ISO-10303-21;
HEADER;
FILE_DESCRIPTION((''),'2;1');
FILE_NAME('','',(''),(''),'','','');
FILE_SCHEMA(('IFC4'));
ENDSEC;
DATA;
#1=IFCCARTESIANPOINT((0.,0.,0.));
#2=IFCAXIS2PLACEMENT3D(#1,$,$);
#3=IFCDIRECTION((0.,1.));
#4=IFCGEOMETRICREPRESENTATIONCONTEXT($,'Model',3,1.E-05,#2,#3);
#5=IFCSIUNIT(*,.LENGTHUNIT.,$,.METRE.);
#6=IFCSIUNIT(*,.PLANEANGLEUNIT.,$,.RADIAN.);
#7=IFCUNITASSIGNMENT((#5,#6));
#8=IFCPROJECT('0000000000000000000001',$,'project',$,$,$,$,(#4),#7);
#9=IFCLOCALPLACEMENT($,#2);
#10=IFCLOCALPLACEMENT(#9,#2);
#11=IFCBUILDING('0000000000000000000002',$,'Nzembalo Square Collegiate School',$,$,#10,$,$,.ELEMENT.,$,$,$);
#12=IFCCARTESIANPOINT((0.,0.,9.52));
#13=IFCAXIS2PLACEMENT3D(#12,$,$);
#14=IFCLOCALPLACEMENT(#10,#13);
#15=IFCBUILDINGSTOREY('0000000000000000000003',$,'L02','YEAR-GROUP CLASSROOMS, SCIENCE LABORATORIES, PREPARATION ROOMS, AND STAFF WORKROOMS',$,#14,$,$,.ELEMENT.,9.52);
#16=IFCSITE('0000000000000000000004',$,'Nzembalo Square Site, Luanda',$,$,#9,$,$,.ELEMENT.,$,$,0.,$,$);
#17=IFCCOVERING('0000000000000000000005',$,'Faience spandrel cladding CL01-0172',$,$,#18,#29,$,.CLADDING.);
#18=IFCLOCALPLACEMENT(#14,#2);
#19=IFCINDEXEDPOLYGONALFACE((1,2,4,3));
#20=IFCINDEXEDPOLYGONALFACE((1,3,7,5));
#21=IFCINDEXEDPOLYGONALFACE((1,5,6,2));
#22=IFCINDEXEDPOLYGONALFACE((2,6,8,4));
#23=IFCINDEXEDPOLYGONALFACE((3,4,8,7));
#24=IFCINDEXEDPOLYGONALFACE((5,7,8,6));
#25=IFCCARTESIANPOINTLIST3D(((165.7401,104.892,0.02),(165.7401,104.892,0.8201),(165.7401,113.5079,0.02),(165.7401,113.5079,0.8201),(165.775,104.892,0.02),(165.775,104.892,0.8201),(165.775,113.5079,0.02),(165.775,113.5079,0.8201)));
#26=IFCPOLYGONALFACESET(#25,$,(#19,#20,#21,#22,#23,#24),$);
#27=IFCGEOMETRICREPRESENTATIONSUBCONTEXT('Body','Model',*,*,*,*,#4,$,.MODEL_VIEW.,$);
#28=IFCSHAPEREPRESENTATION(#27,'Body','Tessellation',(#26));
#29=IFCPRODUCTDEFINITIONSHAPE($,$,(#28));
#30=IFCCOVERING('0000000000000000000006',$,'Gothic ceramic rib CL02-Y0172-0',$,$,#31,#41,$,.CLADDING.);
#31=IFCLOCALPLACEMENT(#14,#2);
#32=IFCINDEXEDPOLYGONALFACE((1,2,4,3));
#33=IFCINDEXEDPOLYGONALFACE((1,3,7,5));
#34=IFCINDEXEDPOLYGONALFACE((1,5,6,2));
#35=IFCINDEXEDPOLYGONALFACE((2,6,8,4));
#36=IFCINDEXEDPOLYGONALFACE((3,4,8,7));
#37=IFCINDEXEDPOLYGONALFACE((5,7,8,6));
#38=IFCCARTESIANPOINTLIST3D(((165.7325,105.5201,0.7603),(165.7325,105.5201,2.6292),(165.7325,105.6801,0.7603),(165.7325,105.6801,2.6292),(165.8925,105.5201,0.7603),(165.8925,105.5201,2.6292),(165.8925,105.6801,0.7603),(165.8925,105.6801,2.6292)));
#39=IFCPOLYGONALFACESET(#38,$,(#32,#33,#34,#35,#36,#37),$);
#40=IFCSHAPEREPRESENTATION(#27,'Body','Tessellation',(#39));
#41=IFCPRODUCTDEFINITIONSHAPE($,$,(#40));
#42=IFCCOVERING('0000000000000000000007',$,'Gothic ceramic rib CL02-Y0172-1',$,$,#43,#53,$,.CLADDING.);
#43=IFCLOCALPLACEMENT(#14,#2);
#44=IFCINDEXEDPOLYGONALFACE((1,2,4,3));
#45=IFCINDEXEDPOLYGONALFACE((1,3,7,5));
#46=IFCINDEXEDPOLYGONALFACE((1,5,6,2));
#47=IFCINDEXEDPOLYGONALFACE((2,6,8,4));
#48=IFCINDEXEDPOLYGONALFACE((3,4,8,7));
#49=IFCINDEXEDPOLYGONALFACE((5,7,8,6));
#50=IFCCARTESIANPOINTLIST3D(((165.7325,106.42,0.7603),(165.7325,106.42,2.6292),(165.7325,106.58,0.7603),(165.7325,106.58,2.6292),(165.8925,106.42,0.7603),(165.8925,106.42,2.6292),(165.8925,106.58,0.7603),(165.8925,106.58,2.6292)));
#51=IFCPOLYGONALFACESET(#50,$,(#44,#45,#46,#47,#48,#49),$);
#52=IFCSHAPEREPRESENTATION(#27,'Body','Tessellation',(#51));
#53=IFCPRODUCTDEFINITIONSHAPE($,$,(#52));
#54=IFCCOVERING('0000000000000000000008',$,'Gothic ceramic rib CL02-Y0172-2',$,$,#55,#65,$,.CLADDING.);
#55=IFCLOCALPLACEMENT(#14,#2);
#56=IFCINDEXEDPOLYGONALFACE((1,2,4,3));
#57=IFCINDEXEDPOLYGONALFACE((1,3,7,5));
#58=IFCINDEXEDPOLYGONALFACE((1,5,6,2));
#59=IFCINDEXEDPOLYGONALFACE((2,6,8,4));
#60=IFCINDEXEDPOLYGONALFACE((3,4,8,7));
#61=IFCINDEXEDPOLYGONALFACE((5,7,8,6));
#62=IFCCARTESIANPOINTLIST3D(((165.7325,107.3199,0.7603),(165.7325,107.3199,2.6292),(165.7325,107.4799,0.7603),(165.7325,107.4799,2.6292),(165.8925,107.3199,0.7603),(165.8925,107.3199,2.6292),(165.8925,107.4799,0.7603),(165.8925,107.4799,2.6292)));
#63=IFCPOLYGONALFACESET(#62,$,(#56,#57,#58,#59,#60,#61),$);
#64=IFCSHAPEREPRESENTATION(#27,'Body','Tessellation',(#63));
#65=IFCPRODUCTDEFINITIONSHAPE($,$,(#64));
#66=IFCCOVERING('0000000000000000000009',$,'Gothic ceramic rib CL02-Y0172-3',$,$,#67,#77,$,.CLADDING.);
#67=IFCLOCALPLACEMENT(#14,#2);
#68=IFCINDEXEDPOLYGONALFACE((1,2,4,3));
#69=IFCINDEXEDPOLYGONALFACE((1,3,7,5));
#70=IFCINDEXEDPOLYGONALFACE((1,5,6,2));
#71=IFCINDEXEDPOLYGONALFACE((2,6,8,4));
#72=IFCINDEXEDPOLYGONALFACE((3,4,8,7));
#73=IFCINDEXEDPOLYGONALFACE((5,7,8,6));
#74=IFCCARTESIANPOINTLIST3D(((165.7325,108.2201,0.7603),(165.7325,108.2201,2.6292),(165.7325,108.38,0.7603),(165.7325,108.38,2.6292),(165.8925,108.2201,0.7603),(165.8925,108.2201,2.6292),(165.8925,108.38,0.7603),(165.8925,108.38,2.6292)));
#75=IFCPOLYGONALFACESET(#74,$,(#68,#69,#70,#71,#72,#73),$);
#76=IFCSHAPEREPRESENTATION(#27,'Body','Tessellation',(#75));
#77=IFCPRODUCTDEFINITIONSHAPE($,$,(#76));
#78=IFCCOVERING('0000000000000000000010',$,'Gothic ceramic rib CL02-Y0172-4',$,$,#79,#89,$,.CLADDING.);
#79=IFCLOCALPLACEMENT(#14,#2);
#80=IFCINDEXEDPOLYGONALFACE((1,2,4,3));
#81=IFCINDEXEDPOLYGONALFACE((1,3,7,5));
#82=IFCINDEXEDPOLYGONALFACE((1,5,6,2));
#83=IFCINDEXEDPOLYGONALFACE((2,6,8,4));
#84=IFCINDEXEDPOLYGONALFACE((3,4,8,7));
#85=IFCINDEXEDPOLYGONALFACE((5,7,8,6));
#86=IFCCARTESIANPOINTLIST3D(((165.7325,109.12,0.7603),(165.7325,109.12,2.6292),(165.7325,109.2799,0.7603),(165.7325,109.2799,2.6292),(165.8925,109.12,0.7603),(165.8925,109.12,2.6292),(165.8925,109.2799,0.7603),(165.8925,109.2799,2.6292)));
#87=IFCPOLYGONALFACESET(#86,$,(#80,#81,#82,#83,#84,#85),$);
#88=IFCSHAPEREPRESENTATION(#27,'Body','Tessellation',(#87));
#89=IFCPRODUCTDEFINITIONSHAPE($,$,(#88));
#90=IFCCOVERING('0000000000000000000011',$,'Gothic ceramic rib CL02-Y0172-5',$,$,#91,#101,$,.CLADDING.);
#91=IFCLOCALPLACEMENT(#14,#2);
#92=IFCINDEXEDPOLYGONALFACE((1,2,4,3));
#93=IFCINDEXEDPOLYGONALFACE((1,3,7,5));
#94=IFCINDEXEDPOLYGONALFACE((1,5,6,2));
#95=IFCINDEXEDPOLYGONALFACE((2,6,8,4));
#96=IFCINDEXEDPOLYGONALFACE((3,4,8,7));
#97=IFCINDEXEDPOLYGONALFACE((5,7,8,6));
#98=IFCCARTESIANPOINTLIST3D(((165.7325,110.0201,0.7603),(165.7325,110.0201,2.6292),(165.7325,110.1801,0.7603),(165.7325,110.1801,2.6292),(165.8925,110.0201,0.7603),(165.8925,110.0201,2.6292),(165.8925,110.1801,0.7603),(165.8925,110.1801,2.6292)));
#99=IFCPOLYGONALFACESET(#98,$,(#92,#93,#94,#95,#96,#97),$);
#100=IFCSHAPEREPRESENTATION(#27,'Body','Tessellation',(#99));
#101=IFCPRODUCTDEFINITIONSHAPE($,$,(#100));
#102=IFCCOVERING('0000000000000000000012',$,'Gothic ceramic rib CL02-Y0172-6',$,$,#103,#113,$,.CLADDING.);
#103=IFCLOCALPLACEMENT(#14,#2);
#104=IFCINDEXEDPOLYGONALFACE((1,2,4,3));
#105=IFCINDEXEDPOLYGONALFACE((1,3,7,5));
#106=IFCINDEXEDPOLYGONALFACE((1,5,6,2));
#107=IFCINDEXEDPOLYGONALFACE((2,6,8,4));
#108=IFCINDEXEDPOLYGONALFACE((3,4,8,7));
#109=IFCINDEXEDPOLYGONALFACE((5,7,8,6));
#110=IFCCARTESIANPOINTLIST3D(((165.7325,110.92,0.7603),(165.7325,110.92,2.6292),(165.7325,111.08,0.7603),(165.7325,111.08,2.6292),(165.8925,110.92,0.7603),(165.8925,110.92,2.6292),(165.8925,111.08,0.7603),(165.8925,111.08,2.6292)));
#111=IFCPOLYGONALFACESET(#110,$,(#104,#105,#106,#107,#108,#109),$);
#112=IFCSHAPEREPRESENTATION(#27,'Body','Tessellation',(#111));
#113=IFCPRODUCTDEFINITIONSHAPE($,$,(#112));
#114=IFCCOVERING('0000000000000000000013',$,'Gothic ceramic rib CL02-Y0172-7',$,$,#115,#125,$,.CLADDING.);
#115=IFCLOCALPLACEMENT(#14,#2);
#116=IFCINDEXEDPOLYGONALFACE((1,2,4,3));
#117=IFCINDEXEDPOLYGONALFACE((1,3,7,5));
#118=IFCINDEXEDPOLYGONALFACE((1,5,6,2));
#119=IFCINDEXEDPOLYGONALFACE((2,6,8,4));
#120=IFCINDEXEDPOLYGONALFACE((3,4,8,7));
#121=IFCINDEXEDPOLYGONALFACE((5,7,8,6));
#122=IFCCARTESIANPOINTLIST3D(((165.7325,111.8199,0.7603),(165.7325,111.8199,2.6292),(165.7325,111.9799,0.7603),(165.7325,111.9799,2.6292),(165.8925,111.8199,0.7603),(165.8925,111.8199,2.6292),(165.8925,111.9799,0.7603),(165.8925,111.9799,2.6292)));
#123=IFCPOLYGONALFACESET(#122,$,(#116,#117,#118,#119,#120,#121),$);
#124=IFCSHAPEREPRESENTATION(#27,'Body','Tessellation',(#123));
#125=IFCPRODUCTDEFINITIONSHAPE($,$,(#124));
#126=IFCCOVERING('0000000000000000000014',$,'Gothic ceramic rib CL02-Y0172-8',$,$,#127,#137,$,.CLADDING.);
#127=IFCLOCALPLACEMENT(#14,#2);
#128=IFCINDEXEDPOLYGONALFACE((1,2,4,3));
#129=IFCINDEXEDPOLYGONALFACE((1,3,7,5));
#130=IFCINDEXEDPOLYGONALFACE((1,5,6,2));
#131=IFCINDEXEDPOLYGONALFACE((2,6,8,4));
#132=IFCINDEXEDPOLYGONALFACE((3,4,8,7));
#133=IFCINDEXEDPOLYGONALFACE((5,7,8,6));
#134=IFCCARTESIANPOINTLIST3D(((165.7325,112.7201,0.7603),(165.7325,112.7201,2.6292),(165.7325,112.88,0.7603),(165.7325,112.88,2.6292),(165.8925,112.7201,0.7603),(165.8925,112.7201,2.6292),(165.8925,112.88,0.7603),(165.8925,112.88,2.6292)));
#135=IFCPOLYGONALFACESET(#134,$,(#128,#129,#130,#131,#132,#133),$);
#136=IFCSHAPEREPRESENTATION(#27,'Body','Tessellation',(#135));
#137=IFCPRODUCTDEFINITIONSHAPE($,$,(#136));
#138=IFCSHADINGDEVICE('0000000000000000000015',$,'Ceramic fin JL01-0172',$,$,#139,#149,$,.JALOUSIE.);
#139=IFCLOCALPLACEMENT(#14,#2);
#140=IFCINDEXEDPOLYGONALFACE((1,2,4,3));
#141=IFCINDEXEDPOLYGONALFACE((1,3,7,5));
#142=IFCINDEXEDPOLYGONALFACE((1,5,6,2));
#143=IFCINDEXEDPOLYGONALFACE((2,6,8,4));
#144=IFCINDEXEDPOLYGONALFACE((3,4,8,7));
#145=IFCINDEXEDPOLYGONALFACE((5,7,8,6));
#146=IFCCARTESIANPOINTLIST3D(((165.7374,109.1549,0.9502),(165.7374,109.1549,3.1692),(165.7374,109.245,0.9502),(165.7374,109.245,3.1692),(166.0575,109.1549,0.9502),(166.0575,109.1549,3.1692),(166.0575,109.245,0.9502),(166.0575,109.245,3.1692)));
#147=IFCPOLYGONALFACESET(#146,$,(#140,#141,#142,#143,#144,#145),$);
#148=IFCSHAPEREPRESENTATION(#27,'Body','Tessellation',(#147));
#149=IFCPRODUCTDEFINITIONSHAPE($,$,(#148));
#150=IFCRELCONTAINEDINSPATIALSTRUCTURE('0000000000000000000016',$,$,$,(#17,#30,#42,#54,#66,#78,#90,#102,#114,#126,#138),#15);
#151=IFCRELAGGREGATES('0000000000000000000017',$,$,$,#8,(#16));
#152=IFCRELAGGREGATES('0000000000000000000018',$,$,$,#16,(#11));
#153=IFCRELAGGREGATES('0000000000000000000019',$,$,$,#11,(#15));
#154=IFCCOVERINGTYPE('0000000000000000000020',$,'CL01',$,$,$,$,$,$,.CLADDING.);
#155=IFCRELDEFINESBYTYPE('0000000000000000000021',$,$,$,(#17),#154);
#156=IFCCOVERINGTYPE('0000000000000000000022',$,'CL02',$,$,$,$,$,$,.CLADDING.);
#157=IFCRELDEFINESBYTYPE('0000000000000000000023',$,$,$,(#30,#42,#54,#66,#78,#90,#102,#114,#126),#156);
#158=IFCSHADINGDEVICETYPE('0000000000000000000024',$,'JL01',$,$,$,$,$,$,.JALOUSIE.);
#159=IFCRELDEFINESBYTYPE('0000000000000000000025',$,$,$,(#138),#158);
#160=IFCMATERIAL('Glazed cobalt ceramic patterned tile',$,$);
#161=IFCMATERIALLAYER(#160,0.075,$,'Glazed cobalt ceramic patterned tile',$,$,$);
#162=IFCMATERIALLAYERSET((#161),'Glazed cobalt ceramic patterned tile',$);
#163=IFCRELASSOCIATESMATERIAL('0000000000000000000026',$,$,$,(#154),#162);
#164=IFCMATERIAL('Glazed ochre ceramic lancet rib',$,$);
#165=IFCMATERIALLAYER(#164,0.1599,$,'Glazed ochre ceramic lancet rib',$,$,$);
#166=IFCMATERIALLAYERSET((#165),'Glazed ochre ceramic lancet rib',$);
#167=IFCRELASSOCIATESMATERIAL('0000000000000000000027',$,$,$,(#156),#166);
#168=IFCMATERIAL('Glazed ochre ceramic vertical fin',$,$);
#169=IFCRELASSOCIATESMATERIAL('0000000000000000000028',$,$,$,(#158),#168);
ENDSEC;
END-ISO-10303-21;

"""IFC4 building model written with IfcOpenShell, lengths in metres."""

from ifc_helpers import new_model, si_unit, direction, frame, origin, origin_2d, place, context, subcontext, project, spatial, rectangle, extrude, material, layer, layer_set, type_object, element, save


model = new_model("IFC4")

# Units and contexts
model_context = context("Model", 3, precision=1e-05, world=origin(), true_north=direction((0.0, 1.0)))
body_context = subcontext(model_context, "Body", "Model", "MODEL_VIEW")
ifc_project = project(units=[si_unit("LENGTHUNIT", "METRE"), si_unit("PLANEANGLEUNIT", "RADIAN")], contexts=[model_context])

# Site, building, storey
site_placement = place(None, origin())
site = spatial("IfcSite", under=ifc_project, at=site_placement, Name="Nzembalo Square Site, Luanda", CompositionType="ELEMENT", RefElevation=0.0)
building_placement = place(site_placement, origin())
building = spatial("IfcBuilding", under=site, at=building_placement, Name="Nzembalo Square Collegiate School", CompositionType="ELEMENT")
storey_placement = place(building_placement, frame((0.0, 0.0, 9.52)))
storey = spatial("IfcBuildingStorey", under=building, at=storey_placement, Name="L02", Description="YEAR-GROUP CLASSROOMS, SCIENCE LABORATORIES, PREPARATION ROOMS, AND STAFF WORKROOMS", CompositionType="ELEMENT", Elevation=9.52)

# Coverings
ifc_material_1 = material(Name="Glazed cobalt ceramic patterned tile")
ifc_layer_1 = layer(ifc_material_1, 0.075, Name="Glazed cobalt ceramic patterned tile")
ifc_layer_set_1 = layer_set([ifc_layer_1], Name="Glazed cobalt ceramic patterned tile")
covering_type_1 = type_object("IfcCoveringType", Name="CL01", PredefinedType="CLADDING", material=ifc_layer_set_1)
covering_placement = place(storey_placement, frame((165.7576, 109.2, 0.02), z_axis=(0.0, 0.0, 1.0), x_axis=(1.0, 0.0, 0.0)))
element("IfcCovering", 1, at=covering_placement, inside=storey, type_object=covering_type_1, Name="Faience spandrel cladding CL01-0172", PredefinedType="CLADDING", context=body_context, shape_type="SweptSolid", body=[
    extrude(rectangle(XDim=0.0349, YDim=8.616, at=origin_2d()), origin(), (0.0, 0.0, 1.0), 0.8),
])
ifc_material_2 = material(Name="Glazed ochre ceramic lancet rib")
ifc_layer_2 = layer(ifc_material_2, 0.1599, Name="Glazed ochre ceramic lancet rib")
ifc_layer_set_2 = layer_set([ifc_layer_2], Name="Glazed ochre ceramic lancet rib")
covering_type_2 = type_object("IfcCoveringType", Name="CL02", PredefinedType="CLADDING", material=ifc_layer_set_2)
for number, where, z_axis, x_axis, name in (
    (2, (165.8125, 105.6001, 0.7603), (0.0, 0.0, 1.0), (1.0, 0.0, 0.0), "Gothic ceramic rib CL02-Y0172-0"),
    (3, (165.8125, 106.5, 0.7603), (0.0, 0.0, 1.0), (1.0, 0.0, 0.0), "Gothic ceramic rib CL02-Y0172-1"),
    (4, (165.8125, 107.3999, 0.7603), (0.0, 0.0, 1.0), (1.0, 0.0, 0.0), "Gothic ceramic rib CL02-Y0172-2"),
    (5, (165.8125, 108.3, 0.7603), (0.0, 0.0, 1.0), (1.0, 0.0, 0.0), "Gothic ceramic rib CL02-Y0172-3"),
    (6, (165.8125, 109.2, 0.7603), (0.0, 0.0, 1.0), (1.0, 0.0, 0.0), "Gothic ceramic rib CL02-Y0172-4"),
    (7, (165.8125, 110.1001, 0.7603), (0.0, 0.0, 1.0), (1.0, 0.0, 0.0), "Gothic ceramic rib CL02-Y0172-5"),
    (8, (165.8125, 111.0, 0.7603), (0.0, 0.0, 1.0), (1.0, 0.0, 0.0), "Gothic ceramic rib CL02-Y0172-6"),
    (9, (165.8125, 111.8999, 0.7603), (0.0, 0.0, 1.0), (1.0, 0.0, 0.0), "Gothic ceramic rib CL02-Y0172-7"),
    (10, (165.8125, 112.8, 0.7603), (0.0, 0.0, 1.0), (1.0, 0.0, 0.0), "Gothic ceramic rib CL02-Y0172-8"),
):
    element("IfcCovering", number, at=place(storey_placement, frame(where, z_axis=z_axis, x_axis=x_axis)), inside=storey, type_object=covering_type_2, Name=name, PredefinedType="CLADDING", context=body_context, shape_type="SweptSolid", body=[
        extrude(rectangle(XDim=0.1599, YDim=0.1599, at=origin_2d()), origin(), (0.0, 0.0, 1.0), 1.8689),
    ])

# Shading device
ifc_material_3 = material(Name="Glazed ochre ceramic vertical fin")
shading_device_type = type_object("IfcShadingDeviceType", Name="JL01", PredefinedType="JALOUSIE", material=ifc_material_3)
shading_device_placement = place(storey_placement, frame((165.8975, 109.2, 0.9502), z_axis=(0.0, 0.0, 1.0), x_axis=(1.0, 0.0, 0.0)))
element("IfcShadingDevice", 11, at=shading_device_placement, inside=storey, type_object=shading_device_type, Name="Ceramic fin JL01-0172", PredefinedType="JALOUSIE", context=body_context, shape_type="SweptSolid", body=[
    extrude(rectangle(XDim=0.3201, YDim=0.0901, at=origin_2d()), origin(), (0.0, 0.0, 1.0), 2.219),
])

save(model, "model.ifc")
